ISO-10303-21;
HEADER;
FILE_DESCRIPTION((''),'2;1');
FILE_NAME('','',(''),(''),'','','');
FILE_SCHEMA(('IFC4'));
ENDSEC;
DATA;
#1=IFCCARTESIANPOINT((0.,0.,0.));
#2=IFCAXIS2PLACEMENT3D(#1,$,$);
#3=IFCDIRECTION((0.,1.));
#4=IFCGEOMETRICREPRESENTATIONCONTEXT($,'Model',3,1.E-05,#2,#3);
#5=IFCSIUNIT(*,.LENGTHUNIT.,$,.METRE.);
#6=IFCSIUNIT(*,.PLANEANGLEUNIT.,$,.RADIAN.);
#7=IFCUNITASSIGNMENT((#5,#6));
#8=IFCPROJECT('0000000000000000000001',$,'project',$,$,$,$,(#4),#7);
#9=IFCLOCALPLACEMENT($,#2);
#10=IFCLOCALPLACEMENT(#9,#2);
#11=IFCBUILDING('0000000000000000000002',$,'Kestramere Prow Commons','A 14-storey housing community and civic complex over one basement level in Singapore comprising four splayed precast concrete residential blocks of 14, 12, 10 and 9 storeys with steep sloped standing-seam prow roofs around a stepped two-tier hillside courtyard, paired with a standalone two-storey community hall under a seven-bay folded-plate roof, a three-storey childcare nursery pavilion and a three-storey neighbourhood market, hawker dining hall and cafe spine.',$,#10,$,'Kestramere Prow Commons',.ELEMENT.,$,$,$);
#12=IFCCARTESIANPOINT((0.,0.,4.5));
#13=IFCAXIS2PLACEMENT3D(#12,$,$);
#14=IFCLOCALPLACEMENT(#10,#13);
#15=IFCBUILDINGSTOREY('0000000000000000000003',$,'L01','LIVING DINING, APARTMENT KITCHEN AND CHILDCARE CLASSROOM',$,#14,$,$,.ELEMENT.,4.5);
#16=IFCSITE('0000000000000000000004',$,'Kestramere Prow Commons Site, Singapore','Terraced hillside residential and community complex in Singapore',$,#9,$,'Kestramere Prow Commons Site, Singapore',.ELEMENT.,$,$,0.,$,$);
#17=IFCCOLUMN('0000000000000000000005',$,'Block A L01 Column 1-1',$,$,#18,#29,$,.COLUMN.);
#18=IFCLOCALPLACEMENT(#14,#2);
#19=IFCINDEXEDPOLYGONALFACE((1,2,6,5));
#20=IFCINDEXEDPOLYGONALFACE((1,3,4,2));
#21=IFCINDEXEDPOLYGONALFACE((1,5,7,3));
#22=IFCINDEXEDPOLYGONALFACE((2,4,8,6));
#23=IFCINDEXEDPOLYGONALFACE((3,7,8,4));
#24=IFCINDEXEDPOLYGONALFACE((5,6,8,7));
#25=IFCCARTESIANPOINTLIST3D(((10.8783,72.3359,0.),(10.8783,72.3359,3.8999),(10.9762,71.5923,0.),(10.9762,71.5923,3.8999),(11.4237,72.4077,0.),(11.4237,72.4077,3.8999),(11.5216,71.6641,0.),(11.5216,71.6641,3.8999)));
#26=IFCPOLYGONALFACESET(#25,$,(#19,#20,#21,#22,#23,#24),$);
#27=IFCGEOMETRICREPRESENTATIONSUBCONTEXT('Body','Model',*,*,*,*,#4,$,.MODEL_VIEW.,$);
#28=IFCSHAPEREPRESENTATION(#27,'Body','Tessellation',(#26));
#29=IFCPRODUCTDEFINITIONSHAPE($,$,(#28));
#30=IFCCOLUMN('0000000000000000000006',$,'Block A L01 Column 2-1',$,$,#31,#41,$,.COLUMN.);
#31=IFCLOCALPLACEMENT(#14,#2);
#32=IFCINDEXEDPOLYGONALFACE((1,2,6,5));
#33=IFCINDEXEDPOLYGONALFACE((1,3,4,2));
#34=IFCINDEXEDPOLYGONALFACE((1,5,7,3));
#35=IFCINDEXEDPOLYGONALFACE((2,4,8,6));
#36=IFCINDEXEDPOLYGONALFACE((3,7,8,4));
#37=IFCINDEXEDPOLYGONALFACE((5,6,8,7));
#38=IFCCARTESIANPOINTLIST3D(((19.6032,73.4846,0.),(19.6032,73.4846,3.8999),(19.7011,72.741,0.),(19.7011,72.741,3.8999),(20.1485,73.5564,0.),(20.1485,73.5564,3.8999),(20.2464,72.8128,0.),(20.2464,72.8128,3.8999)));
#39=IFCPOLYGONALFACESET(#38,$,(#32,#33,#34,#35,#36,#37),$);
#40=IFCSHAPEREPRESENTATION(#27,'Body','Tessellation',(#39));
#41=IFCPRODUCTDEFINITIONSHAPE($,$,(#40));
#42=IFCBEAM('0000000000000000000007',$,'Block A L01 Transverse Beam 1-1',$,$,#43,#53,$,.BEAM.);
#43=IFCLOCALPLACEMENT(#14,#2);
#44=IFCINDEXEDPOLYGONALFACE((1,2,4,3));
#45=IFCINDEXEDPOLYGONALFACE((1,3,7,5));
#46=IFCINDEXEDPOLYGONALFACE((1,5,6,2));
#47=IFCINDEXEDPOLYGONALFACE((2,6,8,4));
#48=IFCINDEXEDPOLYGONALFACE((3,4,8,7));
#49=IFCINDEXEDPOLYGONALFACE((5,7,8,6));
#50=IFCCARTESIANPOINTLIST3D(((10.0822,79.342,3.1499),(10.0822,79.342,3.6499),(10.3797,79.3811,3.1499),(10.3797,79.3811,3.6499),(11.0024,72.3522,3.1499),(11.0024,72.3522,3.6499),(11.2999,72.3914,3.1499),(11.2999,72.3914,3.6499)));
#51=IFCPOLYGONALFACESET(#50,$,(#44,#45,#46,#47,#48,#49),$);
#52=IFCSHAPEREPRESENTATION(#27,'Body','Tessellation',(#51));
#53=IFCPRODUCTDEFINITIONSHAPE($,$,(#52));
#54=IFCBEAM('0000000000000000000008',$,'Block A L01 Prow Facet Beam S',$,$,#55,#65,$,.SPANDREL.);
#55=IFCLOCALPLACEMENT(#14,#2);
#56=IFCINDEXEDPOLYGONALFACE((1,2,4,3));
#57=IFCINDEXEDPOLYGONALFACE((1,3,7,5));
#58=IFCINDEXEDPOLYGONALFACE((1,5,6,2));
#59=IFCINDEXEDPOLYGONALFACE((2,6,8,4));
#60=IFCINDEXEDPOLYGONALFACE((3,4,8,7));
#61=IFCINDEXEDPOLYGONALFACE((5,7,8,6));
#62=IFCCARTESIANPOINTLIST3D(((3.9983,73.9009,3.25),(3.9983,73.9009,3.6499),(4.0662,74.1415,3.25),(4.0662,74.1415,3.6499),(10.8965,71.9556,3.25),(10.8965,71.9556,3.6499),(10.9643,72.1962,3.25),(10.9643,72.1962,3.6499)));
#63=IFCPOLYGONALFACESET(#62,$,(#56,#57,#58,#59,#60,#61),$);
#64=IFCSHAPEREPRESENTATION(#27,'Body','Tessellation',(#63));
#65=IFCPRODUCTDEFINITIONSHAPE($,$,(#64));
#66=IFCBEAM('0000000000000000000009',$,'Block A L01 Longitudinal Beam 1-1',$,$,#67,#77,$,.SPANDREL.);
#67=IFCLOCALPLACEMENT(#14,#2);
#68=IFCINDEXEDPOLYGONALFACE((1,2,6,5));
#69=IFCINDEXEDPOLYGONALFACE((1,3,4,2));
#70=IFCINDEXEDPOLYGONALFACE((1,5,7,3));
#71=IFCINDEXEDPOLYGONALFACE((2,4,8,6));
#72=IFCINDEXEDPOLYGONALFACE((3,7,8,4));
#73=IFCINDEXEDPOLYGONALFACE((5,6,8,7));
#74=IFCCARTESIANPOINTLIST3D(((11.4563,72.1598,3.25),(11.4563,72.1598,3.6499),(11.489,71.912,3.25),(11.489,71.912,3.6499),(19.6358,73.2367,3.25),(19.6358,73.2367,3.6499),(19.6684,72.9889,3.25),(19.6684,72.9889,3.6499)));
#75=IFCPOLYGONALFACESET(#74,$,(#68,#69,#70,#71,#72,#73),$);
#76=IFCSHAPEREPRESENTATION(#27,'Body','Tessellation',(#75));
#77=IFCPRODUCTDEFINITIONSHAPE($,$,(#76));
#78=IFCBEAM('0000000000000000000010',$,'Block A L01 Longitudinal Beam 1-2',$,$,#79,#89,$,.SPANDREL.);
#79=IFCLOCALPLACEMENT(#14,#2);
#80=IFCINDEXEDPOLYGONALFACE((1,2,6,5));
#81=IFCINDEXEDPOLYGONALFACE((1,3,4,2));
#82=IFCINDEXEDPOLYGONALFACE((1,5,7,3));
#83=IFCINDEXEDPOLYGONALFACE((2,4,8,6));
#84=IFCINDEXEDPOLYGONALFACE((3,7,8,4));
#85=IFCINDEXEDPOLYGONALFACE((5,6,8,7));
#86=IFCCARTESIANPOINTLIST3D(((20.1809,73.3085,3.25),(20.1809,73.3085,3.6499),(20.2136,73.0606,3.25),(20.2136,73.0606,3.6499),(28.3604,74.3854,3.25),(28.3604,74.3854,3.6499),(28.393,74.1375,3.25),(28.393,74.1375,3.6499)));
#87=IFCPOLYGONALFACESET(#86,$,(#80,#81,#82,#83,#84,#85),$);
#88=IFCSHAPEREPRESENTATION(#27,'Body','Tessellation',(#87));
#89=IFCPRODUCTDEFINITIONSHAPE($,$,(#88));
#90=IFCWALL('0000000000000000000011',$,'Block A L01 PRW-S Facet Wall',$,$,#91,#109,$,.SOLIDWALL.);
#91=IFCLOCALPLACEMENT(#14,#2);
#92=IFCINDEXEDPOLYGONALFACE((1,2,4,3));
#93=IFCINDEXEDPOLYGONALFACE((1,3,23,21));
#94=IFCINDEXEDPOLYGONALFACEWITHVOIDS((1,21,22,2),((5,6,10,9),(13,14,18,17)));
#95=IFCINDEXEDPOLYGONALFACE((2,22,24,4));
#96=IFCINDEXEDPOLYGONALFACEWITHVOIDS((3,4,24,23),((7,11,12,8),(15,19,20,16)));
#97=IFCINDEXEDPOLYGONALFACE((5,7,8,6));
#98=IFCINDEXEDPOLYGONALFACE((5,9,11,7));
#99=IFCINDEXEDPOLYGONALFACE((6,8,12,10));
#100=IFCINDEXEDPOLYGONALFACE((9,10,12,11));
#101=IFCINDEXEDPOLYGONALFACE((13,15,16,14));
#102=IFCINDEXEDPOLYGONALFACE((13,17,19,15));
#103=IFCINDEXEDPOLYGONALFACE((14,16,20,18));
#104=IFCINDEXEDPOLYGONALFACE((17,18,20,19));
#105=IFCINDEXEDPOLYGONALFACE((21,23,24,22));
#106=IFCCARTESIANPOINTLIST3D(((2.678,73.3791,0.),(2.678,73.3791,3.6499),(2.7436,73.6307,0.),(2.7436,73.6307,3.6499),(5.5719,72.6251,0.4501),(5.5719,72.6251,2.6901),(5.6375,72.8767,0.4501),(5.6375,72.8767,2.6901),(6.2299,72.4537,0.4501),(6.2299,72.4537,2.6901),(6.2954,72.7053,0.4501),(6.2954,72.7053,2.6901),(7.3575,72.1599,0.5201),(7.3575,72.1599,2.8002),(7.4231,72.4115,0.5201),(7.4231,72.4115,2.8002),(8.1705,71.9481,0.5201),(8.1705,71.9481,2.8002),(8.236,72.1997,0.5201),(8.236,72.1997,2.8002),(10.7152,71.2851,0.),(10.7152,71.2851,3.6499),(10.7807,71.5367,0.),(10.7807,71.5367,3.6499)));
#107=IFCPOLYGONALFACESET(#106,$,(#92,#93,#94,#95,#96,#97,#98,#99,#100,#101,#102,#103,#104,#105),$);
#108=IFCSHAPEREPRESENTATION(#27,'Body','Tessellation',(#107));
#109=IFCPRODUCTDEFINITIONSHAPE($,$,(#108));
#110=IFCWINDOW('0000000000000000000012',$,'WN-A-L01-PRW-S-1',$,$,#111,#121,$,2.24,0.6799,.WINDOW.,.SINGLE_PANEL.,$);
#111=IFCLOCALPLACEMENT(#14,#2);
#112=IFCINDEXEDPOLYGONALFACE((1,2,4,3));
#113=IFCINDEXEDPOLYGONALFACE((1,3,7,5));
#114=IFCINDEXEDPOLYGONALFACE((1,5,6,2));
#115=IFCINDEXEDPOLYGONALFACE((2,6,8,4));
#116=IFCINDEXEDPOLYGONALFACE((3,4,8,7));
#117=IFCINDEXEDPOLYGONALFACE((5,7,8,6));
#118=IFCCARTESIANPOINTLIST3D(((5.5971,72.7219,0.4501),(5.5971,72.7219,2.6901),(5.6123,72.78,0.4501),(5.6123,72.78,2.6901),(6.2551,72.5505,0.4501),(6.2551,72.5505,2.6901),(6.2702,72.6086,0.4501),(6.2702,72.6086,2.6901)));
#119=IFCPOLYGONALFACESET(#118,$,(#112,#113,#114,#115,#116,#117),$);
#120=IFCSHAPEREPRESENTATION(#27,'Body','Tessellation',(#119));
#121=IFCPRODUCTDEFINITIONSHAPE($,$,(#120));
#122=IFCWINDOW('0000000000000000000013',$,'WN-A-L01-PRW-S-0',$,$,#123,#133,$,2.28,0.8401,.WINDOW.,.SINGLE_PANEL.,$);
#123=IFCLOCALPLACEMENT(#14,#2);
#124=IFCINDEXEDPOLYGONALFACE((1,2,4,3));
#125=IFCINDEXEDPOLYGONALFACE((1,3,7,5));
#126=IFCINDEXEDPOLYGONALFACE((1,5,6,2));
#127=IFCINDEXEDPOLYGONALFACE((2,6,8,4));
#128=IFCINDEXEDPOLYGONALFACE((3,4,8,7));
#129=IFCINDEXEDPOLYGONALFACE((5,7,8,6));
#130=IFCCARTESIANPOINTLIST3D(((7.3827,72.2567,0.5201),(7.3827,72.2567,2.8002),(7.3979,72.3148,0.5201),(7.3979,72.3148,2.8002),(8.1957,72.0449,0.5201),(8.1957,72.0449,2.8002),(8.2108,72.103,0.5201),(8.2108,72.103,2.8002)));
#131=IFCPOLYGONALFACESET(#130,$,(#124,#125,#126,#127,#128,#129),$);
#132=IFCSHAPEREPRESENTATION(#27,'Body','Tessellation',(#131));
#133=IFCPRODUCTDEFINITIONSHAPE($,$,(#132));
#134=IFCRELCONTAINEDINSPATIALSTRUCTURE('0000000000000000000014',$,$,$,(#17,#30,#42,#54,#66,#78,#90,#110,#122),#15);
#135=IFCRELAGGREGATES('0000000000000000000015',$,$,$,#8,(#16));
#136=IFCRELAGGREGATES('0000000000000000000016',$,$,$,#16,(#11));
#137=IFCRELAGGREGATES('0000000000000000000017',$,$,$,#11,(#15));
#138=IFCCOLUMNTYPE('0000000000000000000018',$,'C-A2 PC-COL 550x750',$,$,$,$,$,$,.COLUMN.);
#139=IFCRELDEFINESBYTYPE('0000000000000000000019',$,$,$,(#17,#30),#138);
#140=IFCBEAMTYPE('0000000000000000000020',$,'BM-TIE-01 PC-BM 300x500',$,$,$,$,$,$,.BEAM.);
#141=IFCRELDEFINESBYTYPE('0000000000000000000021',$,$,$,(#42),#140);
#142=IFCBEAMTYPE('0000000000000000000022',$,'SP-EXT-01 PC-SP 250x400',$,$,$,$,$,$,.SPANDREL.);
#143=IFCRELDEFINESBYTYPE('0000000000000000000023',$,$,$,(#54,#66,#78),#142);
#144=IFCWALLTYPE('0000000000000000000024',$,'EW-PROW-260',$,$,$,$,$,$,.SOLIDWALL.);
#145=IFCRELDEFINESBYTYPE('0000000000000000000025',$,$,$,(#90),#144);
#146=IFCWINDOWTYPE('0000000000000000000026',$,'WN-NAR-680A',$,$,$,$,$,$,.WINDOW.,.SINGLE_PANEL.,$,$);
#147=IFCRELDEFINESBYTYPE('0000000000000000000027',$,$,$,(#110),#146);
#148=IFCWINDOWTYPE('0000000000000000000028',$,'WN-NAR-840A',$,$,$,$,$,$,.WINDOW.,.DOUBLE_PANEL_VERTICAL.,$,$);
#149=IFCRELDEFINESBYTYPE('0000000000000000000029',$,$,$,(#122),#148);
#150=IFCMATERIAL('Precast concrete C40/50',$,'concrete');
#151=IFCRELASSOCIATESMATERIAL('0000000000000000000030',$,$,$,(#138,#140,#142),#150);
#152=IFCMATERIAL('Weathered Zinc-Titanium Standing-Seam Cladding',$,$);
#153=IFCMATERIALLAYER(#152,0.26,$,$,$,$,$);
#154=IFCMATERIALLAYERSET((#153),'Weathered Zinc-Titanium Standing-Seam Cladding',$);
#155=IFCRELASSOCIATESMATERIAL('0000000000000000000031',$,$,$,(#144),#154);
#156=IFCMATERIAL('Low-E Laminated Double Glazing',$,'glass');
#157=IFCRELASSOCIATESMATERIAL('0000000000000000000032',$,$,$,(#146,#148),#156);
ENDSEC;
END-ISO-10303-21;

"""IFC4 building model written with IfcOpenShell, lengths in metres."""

from ifc_helpers import new_model, si_unit, direction, frame, frame_2d, origin, origin_2d, place, context, subcontext, project, spatial, rectangle, extrude, material, layer, layer_set, material_profile, profile_set, type_object, element, fill, save


model = new_model("IFC4")

# Units and contexts
model_context = context("Model", 3, precision=1e-05, world=origin(), true_north=direction((0.0, 1.0)))
body_context = subcontext(model_context, "Body", "Model", "MODEL_VIEW")
ifc_project = project(units=[si_unit("LENGTHUNIT", "METRE"), si_unit("PLANEANGLEUNIT", "RADIAN")], contexts=[model_context])

# Site, building, storey
site_placement = place(None, origin())
site = spatial("IfcSite", under=ifc_project, at=site_placement, Name="Kestramere Prow Commons Site, Singapore", Description="Terraced hillside residential and community complex in Singapore", LongName="Kestramere Prow Commons Site, Singapore", CompositionType="ELEMENT", RefElevation=0.0)
building_placement = place(site_placement, origin())
building = spatial("IfcBuilding", under=site, at=building_placement, Name="Kestramere Prow Commons", Description="A 14-storey housing community and civic complex over one basement level in Singapore comprising four splayed precast concrete residential blocks of 14, 12, 10 and 9 storeys with steep sloped standing-seam prow roofs around a stepped two-tier hillside courtyard, paired with a standalone two-storey community hall under a seven-bay folded-plate roof, a three-storey childcare nursery pavilion and a three-storey neighbourhood market, hawker dining hall and cafe spine.", LongName="Kestramere Prow Commons", CompositionType="ELEMENT")
storey_placement = place(building_placement, frame((0.0, 0.0, 4.5)))
storey = spatial("IfcBuildingStorey", under=building, at=storey_placement, Name="L01", Description="LIVING DINING, APARTMENT KITCHEN AND CHILDCARE CLASSROOM", CompositionType="ELEMENT", Elevation=4.5)

# Columns
ifc_material_1 = material(Name="Precast concrete C40/50", Category="concrete")
ifc_material_profile_1 = material_profile(ifc_material_1, rectangle(XDim=0.55, YDim=0.75, at=origin_2d()), Name="PC-COL 550x750")
ifc_profile_set_1 = profile_set([ifc_material_profile_1], Name="Precast concrete C40/50")
column_type = type_object("IfcColumnType", Name="C-A2 PC-COL 550x750", PredefinedType="COLUMN", material=ifc_profile_set_1)
for number, where, z_axis, x_axis, name in (
    (1, (11.2, 72.0, 0.0), (0.0, 0.0, 1.0), (0.991445, 0.130526, 0.0), "Block A L01 Column 1-1"),
    (2, (19.9248, 73.1487, 0.0), (0.0, 0.0, 1.0), (0.991445, 0.130526, 0.0), "Block A L01 Column 2-1"),
):
    element("IfcColumn", number, at=place(storey_placement, frame(where, z_axis=z_axis, x_axis=x_axis)), inside=storey, type_object=column_type, Name=name, PredefinedType="COLUMN", context=body_context, shape_type="SweptSolid", body=[
        extrude(rectangle(XDim=0.55, YDim=0.75, at=origin_2d()), origin(), (0.0, 0.0, 1.0), 3.8999),
    ])

# Beams
ifc_material_profile_2 = material_profile(ifc_material_1, rectangle(XDim=0.3, YDim=0.5, at=origin_2d()), Name="PC-BM 300x500")
ifc_profile_set_2 = profile_set([ifc_material_profile_2], Name="Precast concrete C40/50")
beam_type_1 = type_object("IfcBeamType", Name="BM-TIE-01 PC-BM 300x500", PredefinedType="BEAM", material=ifc_profile_set_2)
beam_1_placement = place(storey_placement, frame((11.1511, 72.3718, 3.3999), z_axis=(-0.130519, 0.991446, 0.0), x_axis=(-0.991446, -0.130519, 0.0)))
element("IfcBeam", 3, at=beam_1_placement, inside=storey, type_object=beam_type_1, Name="Block A L01 Transverse Beam 1-1", PredefinedType="BEAM", context=body_context, shape_type="SweptSolid", body=[
    extrude(rectangle(XDim=0.3, YDim=0.5, at=origin_2d()), origin(), (0.0, 0.0, 1.0), 7.05),
])
ifc_material_profile_3 = material_profile(ifc_material_1, rectangle(XDim=0.25, YDim=0.3999, at=origin_2d()), Name="PC-SP 250x400")
ifc_profile_set_3 = profile_set([ifc_material_profile_3], Name="Precast concrete C40/50")
beam_type_2 = type_object("IfcBeamType", Name="SP-EXT-01 PC-SP 250x400", PredefinedType="SPANDREL", material=ifc_profile_set_3)
beam_2_placement = place(storey_placement, frame((10.9304, 72.0759, 3.45), z_axis=(-0.962462, 0.271417, 0.0), x_axis=(-0.271417, -0.962462, 0.0)))
element("IfcBeam", 4, at=beam_2_placement, inside=storey, type_object=beam_type_2, Name="Block A L01 Prow Facet Beam S", PredefinedType="SPANDREL", context=body_context, shape_type="SweptSolid", body=[
    extrude(rectangle(XDim=0.25, YDim=0.3999, at=origin_2d()), origin(), (0.0, 0.0, 1.0), 7.1672),
])
for number, where, z_axis, x_axis, name in (
    (5, (11.4727, 72.0359, 3.45), (0.991444, 0.130533, 0.0), (-0.130533, 0.991444, 0.0), "Block A L01 Longitudinal Beam 1-1"),
    (6, (20.1973, 73.1846, 3.45), (0.991444, 0.130533, 0.0), (-0.130533, 0.991444, 0.0), "Block A L01 Longitudinal Beam 1-2"),
):
    element("IfcBeam", number, at=place(storey_placement, frame(where, z_axis=z_axis, x_axis=x_axis)), inside=storey, type_object=beam_type_2, Name=name, PredefinedType="SPANDREL", context=body_context, shape_type="SweptSolid", body=[
        extrude(rectangle(XDim=0.25, YDim=0.3999, at=origin_2d()), origin(), (0.0, 0.0, 1.0), 8.25),
    ])

# Wall, openings, windows
ifc_material_2 = material(Name="Weathered Zinc-Titanium Standing-Seam Cladding")
ifc_layer_1 = layer(ifc_material_2, 0.26)
ifc_layer_set_1 = layer_set([ifc_layer_1], Name="Weathered Zinc-Titanium Standing-Seam Cladding")
wall_type_1 = type_object("IfcWallType", Name="EW-PROW-260", PredefinedType="SOLIDWALL", material=ifc_layer_set_1)
wall_1_placement = place(storey_placement, frame((10.748, 71.4109, 0.0), z_axis=(0.0, 0.0, 1.0), x_axis=(-0.967695, 0.252124, 0.0)))
wall_1 = element("IfcWall", 7, at=wall_1_placement, inside=storey, type_object=wall_type_1, Name="Block A L01 PRW-S Facet Wall", PredefinedType="SOLIDWALL", context=body_context, shape_type="SweptSolid", body=[
    extrude(rectangle(XDim=8.3054, YDim=0.26, at=frame_2d((4.1528, 0.0))), origin(), (0.0, 0.0, 1.0), 3.6499),
])
opening_1_placement = place(wall_1_placement, frame((2.6299, 0.0, 0.52)))
opening_1 = element("IfcOpeningElement", 8, at=opening_1_placement, cuts=wall_1, PredefinedType="OPENING", context=body_context, shape_type="SweptSolid", body=[
    extrude(rectangle(XDim=0.8401, YDim=2.28, at=frame_2d((0.4199, 1.1401))), frame((0.0, 0.145, 0.0), z_axis=(0.0, -1.0, 0.0), x_axis=(1.0, 0.0, 0.0)), (0.0, 0.0, 1.0), 0.29),
])
opening_2_placement = place(wall_1_placement, frame((4.6353, 0.0, 0.45)))
opening_2 = element("IfcOpeningElement", 9, at=opening_2_placement, cuts=wall_1, PredefinedType="OPENING", context=body_context, shape_type="SweptSolid", body=[
    extrude(rectangle(XDim=0.6799, YDim=2.24, at=frame_2d((0.3398, 1.1201))), frame((0.0, 0.145, 0.0), z_axis=(0.0, -1.0, 0.0), x_axis=(1.0, 0.0, 0.0)), (0.0, 0.0, 1.0), 0.29),
])
ifc_material_3 = material(Name="Low-E Laminated Double Glazing", Category="glass")
window_type_1 = type_object("IfcWindowType", Name="WN-NAR-680A", PartitioningType="SINGLE_PANEL", PredefinedType="WINDOW", material=ifc_material_3)
window_1_placement = place(opening_2_placement, origin())
window_1 = element("IfcWindow", 10, at=window_1_placement, inside=storey, type_object=window_type_1, Name="WN-A-L01-PRW-S-1", OverallHeight=2.24, OverallWidth=0.6799, PartitioningType="SINGLE_PANEL", PredefinedType="WINDOW", context=body_context, shape_type="SweptSolid", body=[
    extrude(rectangle(XDim=0.6799, YDim=2.24, at=frame_2d((0.3398, 1.1201))), frame((0.0, 0.03, 0.0), z_axis=(0.0, -1.0, 0.0), x_axis=(1.0, 0.0, 0.0)), (0.0, 0.0, 1.0), 0.0601),
])
fill(opening_2, window_1)
window_type_2 = type_object("IfcWindowType", Name="WN-NAR-840A", PartitioningType="DOUBLE_PANEL_VERTICAL", PredefinedType="WINDOW", material=ifc_material_3)
window_2_placement = place(opening_1_placement, origin())
window_2 = element("IfcWindow", 11, at=window_2_placement, inside=storey, type_object=window_type_2, Name="WN-A-L01-PRW-S-0", OverallHeight=2.28, OverallWidth=0.8401, PartitioningType="SINGLE_PANEL", PredefinedType="WINDOW", context=body_context, shape_type="SweptSolid", body=[
    extrude(rectangle(XDim=0.8401, YDim=2.28, at=frame_2d((0.4199, 1.1401))), frame((0.0, 0.03, 0.0), z_axis=(0.0, -1.0, 0.0), x_axis=(1.0, 0.0, 0.0)), (0.0, 0.0, 1.0), 0.0601),
])
fill(opening_1, window_2)

save(model, "model.ifc")
